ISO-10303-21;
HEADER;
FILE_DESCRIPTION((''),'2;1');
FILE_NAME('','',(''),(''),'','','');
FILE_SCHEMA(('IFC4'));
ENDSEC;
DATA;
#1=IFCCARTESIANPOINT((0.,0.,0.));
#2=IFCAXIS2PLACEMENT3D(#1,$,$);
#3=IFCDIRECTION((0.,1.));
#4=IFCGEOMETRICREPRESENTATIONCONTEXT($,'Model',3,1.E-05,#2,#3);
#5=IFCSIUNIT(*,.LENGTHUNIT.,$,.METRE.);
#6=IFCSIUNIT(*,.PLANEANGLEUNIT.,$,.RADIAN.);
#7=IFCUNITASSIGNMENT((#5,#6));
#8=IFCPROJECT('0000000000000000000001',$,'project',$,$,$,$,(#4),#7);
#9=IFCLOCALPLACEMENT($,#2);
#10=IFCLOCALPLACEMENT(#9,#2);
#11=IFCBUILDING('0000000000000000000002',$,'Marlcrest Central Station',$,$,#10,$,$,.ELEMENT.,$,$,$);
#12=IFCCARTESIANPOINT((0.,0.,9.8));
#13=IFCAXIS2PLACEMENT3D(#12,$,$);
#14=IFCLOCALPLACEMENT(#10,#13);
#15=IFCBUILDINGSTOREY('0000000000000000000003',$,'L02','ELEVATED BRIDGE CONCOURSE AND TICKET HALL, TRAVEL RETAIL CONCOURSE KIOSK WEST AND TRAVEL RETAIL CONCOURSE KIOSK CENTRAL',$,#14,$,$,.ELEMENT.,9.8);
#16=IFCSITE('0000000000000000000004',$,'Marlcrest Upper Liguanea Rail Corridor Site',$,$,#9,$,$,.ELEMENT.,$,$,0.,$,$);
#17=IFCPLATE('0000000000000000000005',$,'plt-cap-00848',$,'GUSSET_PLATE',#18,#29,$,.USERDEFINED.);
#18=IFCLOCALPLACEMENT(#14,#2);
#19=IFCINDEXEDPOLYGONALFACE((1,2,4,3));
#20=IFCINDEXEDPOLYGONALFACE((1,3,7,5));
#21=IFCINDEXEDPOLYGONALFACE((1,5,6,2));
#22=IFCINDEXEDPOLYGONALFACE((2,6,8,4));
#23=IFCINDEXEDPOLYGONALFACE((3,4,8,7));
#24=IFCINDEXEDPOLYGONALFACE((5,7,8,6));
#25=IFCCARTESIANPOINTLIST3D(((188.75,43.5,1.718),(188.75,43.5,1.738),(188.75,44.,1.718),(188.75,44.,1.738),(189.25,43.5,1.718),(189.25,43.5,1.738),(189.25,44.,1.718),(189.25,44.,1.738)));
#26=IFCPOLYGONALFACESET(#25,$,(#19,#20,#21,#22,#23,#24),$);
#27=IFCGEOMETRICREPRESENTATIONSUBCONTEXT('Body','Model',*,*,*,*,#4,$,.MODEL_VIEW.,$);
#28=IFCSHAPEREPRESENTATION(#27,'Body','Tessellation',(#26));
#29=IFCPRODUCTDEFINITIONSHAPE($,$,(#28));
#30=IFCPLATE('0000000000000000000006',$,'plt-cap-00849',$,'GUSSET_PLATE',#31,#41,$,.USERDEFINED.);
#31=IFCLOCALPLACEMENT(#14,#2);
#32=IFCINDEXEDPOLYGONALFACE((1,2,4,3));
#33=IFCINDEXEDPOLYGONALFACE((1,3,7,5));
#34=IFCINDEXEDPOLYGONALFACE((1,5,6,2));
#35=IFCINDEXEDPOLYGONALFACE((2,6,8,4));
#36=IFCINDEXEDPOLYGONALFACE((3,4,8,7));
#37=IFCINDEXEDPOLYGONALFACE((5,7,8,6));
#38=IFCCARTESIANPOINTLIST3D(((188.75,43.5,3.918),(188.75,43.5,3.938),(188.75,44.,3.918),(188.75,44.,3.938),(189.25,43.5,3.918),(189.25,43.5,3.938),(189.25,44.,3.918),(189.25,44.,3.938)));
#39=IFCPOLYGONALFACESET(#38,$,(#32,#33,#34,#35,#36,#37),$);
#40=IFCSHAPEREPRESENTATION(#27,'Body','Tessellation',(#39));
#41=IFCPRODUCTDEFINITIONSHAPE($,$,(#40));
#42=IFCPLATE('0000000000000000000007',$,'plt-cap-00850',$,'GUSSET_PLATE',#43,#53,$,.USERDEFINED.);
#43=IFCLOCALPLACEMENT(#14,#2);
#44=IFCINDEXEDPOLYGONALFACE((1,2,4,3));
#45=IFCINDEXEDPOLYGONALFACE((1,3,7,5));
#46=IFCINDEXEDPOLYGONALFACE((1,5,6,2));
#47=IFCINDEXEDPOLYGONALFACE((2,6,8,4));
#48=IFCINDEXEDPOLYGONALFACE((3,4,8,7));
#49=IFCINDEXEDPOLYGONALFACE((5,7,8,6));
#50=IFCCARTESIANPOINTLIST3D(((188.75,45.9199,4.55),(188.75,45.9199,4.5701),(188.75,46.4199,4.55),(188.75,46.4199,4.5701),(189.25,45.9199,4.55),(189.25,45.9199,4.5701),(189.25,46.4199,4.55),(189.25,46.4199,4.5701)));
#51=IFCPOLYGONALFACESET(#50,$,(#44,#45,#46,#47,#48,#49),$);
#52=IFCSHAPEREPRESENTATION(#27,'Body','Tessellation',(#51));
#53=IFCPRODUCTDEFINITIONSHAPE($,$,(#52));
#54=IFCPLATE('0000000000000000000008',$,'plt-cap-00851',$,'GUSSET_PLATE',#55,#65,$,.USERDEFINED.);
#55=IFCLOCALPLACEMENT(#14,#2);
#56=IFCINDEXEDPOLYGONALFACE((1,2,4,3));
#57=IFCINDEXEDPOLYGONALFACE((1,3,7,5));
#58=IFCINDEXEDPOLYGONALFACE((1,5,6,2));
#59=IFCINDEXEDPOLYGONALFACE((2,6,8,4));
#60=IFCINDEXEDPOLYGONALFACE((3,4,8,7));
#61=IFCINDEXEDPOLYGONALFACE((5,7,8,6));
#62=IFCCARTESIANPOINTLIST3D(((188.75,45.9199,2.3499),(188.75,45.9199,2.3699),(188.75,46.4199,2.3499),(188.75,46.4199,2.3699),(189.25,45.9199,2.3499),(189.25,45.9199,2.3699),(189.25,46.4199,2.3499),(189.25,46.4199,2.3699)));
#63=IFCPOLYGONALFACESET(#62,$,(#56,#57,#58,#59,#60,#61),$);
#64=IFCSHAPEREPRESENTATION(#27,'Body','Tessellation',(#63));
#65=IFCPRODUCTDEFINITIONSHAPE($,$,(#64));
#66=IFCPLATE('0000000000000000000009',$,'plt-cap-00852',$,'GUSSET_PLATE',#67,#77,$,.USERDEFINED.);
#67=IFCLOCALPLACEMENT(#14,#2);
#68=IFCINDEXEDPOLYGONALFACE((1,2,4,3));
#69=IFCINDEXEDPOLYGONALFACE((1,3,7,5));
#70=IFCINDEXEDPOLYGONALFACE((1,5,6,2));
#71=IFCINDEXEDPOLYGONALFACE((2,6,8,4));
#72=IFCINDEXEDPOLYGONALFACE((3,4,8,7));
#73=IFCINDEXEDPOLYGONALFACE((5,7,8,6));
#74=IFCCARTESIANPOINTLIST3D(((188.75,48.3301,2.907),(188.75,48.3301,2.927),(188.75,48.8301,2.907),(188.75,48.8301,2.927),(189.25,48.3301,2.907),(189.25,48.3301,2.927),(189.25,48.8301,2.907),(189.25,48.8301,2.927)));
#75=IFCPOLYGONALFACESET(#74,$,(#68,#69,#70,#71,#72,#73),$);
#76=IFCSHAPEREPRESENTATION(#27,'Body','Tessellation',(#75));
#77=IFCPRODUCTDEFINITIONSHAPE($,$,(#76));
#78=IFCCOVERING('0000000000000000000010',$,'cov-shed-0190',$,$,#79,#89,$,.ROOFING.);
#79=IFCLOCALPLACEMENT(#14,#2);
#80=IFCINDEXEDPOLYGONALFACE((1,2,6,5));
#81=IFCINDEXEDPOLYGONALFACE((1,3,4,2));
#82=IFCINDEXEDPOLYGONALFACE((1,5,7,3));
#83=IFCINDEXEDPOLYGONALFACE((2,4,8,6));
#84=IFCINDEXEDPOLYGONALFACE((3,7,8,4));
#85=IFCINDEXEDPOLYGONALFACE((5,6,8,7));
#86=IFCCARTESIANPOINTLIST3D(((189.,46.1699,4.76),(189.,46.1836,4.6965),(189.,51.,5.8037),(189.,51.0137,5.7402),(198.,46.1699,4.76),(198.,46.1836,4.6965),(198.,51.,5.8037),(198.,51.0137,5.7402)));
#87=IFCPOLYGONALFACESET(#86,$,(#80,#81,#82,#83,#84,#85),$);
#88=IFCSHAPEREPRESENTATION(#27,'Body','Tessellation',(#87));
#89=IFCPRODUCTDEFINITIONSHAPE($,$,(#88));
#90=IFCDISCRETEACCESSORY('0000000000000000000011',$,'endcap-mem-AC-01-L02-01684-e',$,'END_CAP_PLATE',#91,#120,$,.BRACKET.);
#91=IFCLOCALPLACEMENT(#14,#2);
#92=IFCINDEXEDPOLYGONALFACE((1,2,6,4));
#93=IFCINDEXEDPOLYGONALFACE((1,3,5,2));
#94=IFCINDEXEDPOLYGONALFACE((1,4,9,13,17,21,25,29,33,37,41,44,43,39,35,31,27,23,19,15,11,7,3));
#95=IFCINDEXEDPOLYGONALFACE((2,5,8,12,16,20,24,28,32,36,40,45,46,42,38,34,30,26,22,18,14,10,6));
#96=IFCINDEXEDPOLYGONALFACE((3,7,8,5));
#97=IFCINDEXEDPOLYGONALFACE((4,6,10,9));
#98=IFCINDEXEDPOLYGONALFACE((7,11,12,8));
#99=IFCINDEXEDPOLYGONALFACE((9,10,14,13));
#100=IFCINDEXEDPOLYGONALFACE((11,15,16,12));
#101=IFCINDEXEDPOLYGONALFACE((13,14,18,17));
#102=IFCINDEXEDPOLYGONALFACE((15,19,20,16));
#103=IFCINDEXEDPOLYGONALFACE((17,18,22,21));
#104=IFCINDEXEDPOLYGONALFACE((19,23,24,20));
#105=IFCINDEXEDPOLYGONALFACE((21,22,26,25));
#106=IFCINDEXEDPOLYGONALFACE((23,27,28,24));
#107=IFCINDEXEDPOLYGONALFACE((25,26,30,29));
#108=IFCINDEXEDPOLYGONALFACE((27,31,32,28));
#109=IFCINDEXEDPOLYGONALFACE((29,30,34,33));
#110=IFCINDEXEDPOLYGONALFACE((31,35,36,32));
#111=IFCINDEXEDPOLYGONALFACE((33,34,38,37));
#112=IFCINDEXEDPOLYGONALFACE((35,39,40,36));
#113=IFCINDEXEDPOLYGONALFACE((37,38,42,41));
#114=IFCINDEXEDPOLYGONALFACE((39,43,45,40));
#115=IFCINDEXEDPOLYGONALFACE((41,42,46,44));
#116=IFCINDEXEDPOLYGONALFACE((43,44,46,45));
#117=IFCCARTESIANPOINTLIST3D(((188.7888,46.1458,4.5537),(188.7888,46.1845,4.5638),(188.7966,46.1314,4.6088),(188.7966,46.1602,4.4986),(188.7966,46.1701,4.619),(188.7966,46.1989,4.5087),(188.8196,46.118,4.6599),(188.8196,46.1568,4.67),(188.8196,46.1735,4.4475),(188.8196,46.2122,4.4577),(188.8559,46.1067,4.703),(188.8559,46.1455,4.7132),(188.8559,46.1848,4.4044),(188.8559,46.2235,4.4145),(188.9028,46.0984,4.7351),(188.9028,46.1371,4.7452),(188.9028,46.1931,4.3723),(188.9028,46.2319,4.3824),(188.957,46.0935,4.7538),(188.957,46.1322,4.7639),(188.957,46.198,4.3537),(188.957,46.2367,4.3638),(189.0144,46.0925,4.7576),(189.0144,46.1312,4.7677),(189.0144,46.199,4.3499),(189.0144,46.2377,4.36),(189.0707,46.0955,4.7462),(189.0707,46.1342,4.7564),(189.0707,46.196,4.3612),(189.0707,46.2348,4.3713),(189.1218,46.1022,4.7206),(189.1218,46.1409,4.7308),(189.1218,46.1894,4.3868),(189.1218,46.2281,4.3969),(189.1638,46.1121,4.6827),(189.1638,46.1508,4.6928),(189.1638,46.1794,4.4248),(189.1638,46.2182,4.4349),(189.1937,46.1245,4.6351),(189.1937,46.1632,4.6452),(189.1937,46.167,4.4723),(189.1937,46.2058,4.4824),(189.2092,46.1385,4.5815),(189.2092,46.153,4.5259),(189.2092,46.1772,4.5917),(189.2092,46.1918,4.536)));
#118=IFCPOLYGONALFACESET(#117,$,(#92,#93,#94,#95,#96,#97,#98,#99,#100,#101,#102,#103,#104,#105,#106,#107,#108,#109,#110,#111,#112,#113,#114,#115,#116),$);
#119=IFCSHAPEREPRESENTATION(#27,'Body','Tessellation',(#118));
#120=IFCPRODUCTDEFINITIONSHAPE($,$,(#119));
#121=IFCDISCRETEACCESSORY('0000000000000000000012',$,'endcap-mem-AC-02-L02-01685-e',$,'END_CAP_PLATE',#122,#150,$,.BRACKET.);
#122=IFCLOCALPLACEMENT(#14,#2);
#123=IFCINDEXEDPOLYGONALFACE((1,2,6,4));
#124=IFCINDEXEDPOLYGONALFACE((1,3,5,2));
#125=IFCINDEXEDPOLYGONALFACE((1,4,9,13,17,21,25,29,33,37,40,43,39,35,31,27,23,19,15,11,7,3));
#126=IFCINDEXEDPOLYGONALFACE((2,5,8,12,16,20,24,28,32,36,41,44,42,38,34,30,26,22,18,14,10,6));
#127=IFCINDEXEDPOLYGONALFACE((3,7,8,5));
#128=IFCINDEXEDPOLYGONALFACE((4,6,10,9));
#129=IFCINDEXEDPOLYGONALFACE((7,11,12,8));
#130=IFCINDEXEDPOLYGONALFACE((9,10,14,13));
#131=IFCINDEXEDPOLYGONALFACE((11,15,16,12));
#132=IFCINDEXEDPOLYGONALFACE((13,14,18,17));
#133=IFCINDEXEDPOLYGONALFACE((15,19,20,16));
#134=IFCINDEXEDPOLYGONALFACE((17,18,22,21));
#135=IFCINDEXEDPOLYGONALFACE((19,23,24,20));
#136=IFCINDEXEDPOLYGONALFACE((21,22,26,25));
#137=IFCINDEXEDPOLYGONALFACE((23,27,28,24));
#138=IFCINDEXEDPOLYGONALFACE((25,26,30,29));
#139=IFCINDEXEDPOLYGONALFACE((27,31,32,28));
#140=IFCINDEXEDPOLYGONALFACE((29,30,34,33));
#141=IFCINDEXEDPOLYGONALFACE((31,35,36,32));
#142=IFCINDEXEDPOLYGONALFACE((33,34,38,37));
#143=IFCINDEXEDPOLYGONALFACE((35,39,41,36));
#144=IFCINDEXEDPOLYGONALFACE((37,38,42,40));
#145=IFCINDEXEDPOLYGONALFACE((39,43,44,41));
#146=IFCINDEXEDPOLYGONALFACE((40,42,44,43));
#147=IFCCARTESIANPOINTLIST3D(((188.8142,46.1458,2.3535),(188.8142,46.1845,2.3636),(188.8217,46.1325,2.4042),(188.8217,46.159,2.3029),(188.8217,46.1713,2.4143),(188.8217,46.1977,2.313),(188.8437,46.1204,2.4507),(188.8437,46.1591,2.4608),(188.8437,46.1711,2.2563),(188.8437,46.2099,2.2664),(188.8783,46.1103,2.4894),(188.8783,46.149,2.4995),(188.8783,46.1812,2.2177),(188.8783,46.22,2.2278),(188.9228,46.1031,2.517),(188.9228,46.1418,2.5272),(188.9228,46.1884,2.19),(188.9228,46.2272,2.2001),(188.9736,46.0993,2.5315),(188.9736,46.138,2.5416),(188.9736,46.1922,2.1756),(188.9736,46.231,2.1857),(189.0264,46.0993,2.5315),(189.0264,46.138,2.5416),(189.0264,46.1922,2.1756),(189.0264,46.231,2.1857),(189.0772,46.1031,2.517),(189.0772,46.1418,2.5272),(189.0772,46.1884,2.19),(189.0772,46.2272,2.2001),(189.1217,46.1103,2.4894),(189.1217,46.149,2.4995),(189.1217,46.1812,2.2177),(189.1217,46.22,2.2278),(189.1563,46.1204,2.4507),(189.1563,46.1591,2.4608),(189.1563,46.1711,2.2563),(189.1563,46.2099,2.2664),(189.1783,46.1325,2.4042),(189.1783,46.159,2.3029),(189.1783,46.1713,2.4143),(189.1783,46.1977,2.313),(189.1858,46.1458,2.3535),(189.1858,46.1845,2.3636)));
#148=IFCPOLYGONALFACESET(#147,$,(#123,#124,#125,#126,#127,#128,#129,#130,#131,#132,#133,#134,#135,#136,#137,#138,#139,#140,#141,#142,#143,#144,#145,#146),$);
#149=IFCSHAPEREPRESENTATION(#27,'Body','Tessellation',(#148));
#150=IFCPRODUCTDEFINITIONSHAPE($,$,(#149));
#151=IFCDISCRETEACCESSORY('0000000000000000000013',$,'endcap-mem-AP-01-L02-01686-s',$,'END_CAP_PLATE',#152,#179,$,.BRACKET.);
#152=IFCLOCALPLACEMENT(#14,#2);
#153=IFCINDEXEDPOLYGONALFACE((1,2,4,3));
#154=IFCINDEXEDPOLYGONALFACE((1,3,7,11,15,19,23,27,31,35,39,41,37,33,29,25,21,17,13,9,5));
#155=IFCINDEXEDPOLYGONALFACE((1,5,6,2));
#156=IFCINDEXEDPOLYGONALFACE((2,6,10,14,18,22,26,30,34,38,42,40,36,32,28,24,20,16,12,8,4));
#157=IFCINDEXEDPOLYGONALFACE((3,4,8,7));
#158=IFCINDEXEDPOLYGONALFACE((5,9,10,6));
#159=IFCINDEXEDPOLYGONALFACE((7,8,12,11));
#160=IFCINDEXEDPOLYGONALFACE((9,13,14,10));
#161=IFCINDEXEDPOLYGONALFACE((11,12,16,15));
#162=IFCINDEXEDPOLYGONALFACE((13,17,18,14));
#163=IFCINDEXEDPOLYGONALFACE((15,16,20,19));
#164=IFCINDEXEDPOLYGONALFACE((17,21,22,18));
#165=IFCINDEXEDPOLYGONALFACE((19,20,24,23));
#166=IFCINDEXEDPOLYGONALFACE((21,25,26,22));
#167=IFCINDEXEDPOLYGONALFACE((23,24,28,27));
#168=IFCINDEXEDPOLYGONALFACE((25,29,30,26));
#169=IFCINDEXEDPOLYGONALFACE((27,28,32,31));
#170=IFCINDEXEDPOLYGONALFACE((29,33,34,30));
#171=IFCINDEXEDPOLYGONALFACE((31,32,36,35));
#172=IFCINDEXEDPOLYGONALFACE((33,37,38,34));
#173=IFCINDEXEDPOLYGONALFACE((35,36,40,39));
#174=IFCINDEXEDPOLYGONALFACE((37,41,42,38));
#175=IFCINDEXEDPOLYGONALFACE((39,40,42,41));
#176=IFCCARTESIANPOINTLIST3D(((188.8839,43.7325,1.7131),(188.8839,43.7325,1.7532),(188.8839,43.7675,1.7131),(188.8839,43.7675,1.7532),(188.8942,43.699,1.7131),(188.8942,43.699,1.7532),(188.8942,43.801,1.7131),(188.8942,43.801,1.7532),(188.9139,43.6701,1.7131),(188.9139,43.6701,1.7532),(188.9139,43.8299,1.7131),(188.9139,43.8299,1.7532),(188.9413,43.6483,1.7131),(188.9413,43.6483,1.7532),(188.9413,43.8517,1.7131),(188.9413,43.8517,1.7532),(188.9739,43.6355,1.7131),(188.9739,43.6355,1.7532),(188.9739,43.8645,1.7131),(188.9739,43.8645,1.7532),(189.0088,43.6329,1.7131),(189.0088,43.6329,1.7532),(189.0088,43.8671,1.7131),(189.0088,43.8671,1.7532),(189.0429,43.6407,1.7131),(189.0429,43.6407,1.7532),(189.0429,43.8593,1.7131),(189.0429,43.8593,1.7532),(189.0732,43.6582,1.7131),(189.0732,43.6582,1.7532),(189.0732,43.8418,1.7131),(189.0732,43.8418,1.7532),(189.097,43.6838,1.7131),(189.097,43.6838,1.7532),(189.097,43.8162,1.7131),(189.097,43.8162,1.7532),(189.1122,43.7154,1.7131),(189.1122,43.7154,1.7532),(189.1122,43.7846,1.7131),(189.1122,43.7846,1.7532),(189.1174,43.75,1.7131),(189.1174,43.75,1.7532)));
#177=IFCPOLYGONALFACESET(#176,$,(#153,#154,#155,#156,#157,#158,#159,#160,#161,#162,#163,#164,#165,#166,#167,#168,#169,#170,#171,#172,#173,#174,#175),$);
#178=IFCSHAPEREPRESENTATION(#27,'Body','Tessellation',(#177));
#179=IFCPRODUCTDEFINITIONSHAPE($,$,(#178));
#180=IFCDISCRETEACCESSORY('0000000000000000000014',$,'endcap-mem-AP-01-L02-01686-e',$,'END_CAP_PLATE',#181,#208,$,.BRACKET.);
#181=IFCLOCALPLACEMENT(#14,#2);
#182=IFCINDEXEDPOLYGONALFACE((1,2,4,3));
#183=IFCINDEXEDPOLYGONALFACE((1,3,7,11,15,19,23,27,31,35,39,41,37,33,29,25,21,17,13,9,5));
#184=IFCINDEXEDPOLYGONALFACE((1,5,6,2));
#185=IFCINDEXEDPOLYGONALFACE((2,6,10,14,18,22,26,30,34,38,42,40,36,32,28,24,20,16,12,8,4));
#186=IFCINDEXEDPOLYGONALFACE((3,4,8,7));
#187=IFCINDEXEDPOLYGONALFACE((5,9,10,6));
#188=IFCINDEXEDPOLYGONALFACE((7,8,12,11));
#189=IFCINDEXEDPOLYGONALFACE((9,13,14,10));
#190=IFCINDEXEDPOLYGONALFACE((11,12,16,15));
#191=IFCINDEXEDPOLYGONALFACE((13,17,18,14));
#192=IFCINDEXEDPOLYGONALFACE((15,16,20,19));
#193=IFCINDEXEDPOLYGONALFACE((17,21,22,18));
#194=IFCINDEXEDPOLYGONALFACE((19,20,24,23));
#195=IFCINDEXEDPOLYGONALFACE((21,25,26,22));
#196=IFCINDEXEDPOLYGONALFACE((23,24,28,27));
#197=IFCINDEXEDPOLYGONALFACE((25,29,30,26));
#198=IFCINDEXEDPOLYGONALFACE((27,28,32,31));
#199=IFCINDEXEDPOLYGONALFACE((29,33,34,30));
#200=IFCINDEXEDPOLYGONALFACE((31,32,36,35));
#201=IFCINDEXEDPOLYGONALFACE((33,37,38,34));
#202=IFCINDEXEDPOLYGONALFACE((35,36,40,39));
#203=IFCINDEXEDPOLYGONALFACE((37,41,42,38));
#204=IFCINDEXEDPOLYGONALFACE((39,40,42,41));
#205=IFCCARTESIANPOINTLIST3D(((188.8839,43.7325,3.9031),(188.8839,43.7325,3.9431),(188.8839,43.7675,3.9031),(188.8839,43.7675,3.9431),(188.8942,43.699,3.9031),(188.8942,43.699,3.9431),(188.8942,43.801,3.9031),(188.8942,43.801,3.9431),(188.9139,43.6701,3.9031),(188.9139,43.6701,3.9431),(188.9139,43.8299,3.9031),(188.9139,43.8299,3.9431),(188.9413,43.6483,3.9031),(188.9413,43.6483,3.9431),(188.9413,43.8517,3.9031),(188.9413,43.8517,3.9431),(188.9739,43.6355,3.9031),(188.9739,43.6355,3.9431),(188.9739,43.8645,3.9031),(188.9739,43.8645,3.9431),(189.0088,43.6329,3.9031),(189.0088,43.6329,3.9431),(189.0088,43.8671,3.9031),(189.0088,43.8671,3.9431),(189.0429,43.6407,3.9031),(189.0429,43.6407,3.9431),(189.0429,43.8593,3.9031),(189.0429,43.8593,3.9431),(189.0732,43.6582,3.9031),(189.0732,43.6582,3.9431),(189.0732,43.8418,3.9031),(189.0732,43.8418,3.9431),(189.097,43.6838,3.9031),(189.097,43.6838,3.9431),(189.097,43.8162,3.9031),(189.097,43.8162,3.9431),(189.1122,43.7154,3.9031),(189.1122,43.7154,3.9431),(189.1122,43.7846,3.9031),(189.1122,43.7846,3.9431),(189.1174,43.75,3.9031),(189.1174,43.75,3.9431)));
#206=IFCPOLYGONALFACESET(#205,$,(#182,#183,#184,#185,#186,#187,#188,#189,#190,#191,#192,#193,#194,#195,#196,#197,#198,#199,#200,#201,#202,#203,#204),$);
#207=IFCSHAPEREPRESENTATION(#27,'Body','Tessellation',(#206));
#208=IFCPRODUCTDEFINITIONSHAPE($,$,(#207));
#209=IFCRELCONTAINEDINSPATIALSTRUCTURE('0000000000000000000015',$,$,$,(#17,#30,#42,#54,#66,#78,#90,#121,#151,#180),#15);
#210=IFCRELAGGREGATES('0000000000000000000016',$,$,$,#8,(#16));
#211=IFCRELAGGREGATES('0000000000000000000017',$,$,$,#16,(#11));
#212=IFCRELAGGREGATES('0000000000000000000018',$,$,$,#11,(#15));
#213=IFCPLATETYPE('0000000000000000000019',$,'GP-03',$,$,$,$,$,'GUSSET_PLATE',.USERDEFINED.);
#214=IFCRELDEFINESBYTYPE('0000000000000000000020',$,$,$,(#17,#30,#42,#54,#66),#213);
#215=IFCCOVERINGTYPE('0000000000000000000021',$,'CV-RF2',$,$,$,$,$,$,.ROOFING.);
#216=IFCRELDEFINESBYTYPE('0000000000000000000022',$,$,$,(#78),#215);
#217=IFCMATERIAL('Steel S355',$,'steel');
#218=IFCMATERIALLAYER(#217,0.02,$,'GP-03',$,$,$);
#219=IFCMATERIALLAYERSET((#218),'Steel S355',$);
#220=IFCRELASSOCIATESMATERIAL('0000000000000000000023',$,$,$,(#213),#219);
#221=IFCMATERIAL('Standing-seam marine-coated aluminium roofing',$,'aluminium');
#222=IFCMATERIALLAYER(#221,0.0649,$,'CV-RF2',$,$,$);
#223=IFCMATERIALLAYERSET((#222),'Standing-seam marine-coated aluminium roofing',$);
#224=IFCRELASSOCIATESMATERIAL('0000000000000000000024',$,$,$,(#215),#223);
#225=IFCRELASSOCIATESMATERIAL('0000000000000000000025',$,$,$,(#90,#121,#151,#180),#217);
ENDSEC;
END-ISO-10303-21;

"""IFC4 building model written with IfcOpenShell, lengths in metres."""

from ifc_helpers import new_model, si_unit, direction, frame, origin, origin_2d, place, context, subcontext, project, spatial, polyline, rectangle, circle, outline, extrude, material, layer, layer_set, type_object, element, save


model = new_model("IFC4")

# Units and contexts
model_context = context("Model", 3, precision=1e-05, world=origin(), true_north=direction((0.0, 1.0)))
body_context = subcontext(model_context, "Body", "Model", "MODEL_VIEW")
ifc_project = project(units=[si_unit("LENGTHUNIT", "METRE"), si_unit("PLANEANGLEUNIT", "RADIAN")], contexts=[model_context])

# Site, building, storey
site_placement = place(None, origin())
site = spatial("IfcSite", under=ifc_project, at=site_placement, Name="Marlcrest Upper Liguanea Rail Corridor Site", CompositionType="ELEMENT", RefElevation=0.0)
building_placement = place(site_placement, origin())
building = spatial("IfcBuilding", under=site, at=building_placement, Name="Marlcrest Central Station", CompositionType="ELEMENT")
storey_placement = place(building_placement, frame((0.0, 0.0, 9.8)))
storey = spatial("IfcBuildingStorey", under=building, at=storey_placement, Name="L02", Description="ELEVATED BRIDGE CONCOURSE AND TICKET HALL, TRAVEL RETAIL CONCOURSE KIOSK WEST AND TRAVEL RETAIL CONCOURSE KIOSK CENTRAL", CompositionType="ELEMENT", Elevation=9.8)

# Shared definitions
ifc_material_1 = material(Name="Steel S355", Category="steel")

# Plates
ifc_layer_1 = layer(ifc_material_1, 0.02, Name="GP-03")
ifc_layer_set_1 = layer_set([ifc_layer_1], Name="Steel S355")
plate_type = type_object("IfcPlateType", Name="GP-03", ElementType="GUSSET_PLATE", PredefinedType="USERDEFINED", material=ifc_layer_set_1)
for number, where, z_axis, x_axis, name in (
    (1, (189.0, 43.75, 1.718), (0.0, 0.0, 1.0), (1.0, 0.0, 0.0), "plt-cap-00848"),
    (2, (189.0, 43.75, 3.918), (0.0, 0.0, 1.0), (1.0, 0.0, 0.0), "plt-cap-00849"),
    (3, (189.0, 46.1699, 4.55), (0.0, 0.0, 1.0), (1.0, 0.0, 0.0), "plt-cap-00850"),
    (4, (189.0, 46.1699, 2.3499), (0.0, 0.0, 1.0), (1.0, 0.0, 0.0), "plt-cap-00851"),
    (5, (189.0, 48.5801, 2.907), (0.0, 0.0, 1.0), (1.0, 0.0, 0.0), "plt-cap-00852"),
):
    element("IfcPlate", number, at=place(storey_placement, frame(where, z_axis=z_axis, x_axis=x_axis)), inside=storey, type_object=plate_type, Name=name, ObjectType="GUSSET_PLATE", PredefinedType="USERDEFINED", context=body_context, shape_type="SweptSolid", body=[
        extrude(rectangle(XDim=0.5, YDim=0.5, at=origin_2d()), origin(), (0.0, 0.0, 1.0), 0.02),
    ])

# Covering
ifc_material_2 = material(Name="Standing-seam marine-coated aluminium roofing", Category="aluminium")
ifc_layer_2 = layer(ifc_material_2, 0.0649, Name="CV-RF2")
ifc_layer_set_2 = layer_set([ifc_layer_2], Name="Standing-seam marine-coated aluminium roofing")
covering_type = type_object("IfcCoveringType", Name="CV-RF2", PredefinedType="ROOFING", material=ifc_layer_set_2)
covering_placement = place(storey_placement, frame((189.0, 46.1699, 4.76), z_axis=(0.0, -0.211209, 0.977441), x_axis=(1.0, 0.0, 0.0)))
element("IfcCovering", 6, at=covering_placement, inside=storey, type_object=covering_type, Name="cov-shed-0190", PredefinedType="ROOFING", context=body_context, shape_type="SweptSolid", body=[
    extrude(outline(polyline([(0.0, 0.0), (9.0, 0.0), (9.0, 4.9416), (0.0, 4.9416), (0.0, 0.0)])), origin(), (0.0, 0.0, -1.0), 0.0649),
])

# Discrete accessories
discrete_accessory_1_placement = place(storey_placement, frame((189.0, 46.1458, 4.5537), z_axis=(0.0, 0.967539, 0.25272), x_axis=(-1.0, 0.0, 0.0)))
element("IfcDiscreteAccessory", 7, at=discrete_accessory_1_placement, inside=storey, material=ifc_material_1, Name="endcap-mem-AC-01-L02-01684-e", ObjectType="END_CAP_PLATE", PredefinedType="BRACKET", context=body_context, shape_type="SweptSolid", body=[
    extrude(circle(Radius=0.2112, at=origin_2d()), origin(), (0.0, 0.0, 1.0), 0.04),
])
discrete_accessory_2_placement = place(storey_placement, frame((189.0, 46.1458, 2.3535), z_axis=(0.0, 0.967563, 0.252629), x_axis=(-1.0, 0.0, 0.0)))
element("IfcDiscreteAccessory", 8, at=discrete_accessory_2_placement, inside=storey, material=ifc_material_1, Name="endcap-mem-AC-02-L02-01685-e", ObjectType="END_CAP_PLATE", PredefinedType="BRACKET", context=body_context, shape_type="SweptSolid", body=[
    extrude(circle(Radius=0.1858, at=origin_2d()), origin(), (0.0, 0.0, 1.0), 0.04),
])
for number, where, z_axis, x_axis, name in (
    (9, (189.0, 43.75, 1.7131), (0.0, 0.0, 1.0), (1.0, 0.0, 0.0), "endcap-mem-AP-01-L02-01686-s"),
    (10, (189.0, 43.75, 3.9031), (0.0, 0.0, 1.0), (1.0, 0.0, 0.0), "endcap-mem-AP-01-L02-01686-e"),
):
    element("IfcDiscreteAccessory", number, at=place(storey_placement, frame(where, z_axis=z_axis, x_axis=x_axis)), inside=storey, material=ifc_material_1, Name=name, ObjectType="END_CAP_PLATE", PredefinedType="BRACKET", context=body_context, shape_type="SweptSolid", body=[
        extrude(circle(Radius=0.1174, at=origin_2d()), origin(), (0.0, 0.0, 1.0), 0.04),
    ])

save(model, "model.ifc")
